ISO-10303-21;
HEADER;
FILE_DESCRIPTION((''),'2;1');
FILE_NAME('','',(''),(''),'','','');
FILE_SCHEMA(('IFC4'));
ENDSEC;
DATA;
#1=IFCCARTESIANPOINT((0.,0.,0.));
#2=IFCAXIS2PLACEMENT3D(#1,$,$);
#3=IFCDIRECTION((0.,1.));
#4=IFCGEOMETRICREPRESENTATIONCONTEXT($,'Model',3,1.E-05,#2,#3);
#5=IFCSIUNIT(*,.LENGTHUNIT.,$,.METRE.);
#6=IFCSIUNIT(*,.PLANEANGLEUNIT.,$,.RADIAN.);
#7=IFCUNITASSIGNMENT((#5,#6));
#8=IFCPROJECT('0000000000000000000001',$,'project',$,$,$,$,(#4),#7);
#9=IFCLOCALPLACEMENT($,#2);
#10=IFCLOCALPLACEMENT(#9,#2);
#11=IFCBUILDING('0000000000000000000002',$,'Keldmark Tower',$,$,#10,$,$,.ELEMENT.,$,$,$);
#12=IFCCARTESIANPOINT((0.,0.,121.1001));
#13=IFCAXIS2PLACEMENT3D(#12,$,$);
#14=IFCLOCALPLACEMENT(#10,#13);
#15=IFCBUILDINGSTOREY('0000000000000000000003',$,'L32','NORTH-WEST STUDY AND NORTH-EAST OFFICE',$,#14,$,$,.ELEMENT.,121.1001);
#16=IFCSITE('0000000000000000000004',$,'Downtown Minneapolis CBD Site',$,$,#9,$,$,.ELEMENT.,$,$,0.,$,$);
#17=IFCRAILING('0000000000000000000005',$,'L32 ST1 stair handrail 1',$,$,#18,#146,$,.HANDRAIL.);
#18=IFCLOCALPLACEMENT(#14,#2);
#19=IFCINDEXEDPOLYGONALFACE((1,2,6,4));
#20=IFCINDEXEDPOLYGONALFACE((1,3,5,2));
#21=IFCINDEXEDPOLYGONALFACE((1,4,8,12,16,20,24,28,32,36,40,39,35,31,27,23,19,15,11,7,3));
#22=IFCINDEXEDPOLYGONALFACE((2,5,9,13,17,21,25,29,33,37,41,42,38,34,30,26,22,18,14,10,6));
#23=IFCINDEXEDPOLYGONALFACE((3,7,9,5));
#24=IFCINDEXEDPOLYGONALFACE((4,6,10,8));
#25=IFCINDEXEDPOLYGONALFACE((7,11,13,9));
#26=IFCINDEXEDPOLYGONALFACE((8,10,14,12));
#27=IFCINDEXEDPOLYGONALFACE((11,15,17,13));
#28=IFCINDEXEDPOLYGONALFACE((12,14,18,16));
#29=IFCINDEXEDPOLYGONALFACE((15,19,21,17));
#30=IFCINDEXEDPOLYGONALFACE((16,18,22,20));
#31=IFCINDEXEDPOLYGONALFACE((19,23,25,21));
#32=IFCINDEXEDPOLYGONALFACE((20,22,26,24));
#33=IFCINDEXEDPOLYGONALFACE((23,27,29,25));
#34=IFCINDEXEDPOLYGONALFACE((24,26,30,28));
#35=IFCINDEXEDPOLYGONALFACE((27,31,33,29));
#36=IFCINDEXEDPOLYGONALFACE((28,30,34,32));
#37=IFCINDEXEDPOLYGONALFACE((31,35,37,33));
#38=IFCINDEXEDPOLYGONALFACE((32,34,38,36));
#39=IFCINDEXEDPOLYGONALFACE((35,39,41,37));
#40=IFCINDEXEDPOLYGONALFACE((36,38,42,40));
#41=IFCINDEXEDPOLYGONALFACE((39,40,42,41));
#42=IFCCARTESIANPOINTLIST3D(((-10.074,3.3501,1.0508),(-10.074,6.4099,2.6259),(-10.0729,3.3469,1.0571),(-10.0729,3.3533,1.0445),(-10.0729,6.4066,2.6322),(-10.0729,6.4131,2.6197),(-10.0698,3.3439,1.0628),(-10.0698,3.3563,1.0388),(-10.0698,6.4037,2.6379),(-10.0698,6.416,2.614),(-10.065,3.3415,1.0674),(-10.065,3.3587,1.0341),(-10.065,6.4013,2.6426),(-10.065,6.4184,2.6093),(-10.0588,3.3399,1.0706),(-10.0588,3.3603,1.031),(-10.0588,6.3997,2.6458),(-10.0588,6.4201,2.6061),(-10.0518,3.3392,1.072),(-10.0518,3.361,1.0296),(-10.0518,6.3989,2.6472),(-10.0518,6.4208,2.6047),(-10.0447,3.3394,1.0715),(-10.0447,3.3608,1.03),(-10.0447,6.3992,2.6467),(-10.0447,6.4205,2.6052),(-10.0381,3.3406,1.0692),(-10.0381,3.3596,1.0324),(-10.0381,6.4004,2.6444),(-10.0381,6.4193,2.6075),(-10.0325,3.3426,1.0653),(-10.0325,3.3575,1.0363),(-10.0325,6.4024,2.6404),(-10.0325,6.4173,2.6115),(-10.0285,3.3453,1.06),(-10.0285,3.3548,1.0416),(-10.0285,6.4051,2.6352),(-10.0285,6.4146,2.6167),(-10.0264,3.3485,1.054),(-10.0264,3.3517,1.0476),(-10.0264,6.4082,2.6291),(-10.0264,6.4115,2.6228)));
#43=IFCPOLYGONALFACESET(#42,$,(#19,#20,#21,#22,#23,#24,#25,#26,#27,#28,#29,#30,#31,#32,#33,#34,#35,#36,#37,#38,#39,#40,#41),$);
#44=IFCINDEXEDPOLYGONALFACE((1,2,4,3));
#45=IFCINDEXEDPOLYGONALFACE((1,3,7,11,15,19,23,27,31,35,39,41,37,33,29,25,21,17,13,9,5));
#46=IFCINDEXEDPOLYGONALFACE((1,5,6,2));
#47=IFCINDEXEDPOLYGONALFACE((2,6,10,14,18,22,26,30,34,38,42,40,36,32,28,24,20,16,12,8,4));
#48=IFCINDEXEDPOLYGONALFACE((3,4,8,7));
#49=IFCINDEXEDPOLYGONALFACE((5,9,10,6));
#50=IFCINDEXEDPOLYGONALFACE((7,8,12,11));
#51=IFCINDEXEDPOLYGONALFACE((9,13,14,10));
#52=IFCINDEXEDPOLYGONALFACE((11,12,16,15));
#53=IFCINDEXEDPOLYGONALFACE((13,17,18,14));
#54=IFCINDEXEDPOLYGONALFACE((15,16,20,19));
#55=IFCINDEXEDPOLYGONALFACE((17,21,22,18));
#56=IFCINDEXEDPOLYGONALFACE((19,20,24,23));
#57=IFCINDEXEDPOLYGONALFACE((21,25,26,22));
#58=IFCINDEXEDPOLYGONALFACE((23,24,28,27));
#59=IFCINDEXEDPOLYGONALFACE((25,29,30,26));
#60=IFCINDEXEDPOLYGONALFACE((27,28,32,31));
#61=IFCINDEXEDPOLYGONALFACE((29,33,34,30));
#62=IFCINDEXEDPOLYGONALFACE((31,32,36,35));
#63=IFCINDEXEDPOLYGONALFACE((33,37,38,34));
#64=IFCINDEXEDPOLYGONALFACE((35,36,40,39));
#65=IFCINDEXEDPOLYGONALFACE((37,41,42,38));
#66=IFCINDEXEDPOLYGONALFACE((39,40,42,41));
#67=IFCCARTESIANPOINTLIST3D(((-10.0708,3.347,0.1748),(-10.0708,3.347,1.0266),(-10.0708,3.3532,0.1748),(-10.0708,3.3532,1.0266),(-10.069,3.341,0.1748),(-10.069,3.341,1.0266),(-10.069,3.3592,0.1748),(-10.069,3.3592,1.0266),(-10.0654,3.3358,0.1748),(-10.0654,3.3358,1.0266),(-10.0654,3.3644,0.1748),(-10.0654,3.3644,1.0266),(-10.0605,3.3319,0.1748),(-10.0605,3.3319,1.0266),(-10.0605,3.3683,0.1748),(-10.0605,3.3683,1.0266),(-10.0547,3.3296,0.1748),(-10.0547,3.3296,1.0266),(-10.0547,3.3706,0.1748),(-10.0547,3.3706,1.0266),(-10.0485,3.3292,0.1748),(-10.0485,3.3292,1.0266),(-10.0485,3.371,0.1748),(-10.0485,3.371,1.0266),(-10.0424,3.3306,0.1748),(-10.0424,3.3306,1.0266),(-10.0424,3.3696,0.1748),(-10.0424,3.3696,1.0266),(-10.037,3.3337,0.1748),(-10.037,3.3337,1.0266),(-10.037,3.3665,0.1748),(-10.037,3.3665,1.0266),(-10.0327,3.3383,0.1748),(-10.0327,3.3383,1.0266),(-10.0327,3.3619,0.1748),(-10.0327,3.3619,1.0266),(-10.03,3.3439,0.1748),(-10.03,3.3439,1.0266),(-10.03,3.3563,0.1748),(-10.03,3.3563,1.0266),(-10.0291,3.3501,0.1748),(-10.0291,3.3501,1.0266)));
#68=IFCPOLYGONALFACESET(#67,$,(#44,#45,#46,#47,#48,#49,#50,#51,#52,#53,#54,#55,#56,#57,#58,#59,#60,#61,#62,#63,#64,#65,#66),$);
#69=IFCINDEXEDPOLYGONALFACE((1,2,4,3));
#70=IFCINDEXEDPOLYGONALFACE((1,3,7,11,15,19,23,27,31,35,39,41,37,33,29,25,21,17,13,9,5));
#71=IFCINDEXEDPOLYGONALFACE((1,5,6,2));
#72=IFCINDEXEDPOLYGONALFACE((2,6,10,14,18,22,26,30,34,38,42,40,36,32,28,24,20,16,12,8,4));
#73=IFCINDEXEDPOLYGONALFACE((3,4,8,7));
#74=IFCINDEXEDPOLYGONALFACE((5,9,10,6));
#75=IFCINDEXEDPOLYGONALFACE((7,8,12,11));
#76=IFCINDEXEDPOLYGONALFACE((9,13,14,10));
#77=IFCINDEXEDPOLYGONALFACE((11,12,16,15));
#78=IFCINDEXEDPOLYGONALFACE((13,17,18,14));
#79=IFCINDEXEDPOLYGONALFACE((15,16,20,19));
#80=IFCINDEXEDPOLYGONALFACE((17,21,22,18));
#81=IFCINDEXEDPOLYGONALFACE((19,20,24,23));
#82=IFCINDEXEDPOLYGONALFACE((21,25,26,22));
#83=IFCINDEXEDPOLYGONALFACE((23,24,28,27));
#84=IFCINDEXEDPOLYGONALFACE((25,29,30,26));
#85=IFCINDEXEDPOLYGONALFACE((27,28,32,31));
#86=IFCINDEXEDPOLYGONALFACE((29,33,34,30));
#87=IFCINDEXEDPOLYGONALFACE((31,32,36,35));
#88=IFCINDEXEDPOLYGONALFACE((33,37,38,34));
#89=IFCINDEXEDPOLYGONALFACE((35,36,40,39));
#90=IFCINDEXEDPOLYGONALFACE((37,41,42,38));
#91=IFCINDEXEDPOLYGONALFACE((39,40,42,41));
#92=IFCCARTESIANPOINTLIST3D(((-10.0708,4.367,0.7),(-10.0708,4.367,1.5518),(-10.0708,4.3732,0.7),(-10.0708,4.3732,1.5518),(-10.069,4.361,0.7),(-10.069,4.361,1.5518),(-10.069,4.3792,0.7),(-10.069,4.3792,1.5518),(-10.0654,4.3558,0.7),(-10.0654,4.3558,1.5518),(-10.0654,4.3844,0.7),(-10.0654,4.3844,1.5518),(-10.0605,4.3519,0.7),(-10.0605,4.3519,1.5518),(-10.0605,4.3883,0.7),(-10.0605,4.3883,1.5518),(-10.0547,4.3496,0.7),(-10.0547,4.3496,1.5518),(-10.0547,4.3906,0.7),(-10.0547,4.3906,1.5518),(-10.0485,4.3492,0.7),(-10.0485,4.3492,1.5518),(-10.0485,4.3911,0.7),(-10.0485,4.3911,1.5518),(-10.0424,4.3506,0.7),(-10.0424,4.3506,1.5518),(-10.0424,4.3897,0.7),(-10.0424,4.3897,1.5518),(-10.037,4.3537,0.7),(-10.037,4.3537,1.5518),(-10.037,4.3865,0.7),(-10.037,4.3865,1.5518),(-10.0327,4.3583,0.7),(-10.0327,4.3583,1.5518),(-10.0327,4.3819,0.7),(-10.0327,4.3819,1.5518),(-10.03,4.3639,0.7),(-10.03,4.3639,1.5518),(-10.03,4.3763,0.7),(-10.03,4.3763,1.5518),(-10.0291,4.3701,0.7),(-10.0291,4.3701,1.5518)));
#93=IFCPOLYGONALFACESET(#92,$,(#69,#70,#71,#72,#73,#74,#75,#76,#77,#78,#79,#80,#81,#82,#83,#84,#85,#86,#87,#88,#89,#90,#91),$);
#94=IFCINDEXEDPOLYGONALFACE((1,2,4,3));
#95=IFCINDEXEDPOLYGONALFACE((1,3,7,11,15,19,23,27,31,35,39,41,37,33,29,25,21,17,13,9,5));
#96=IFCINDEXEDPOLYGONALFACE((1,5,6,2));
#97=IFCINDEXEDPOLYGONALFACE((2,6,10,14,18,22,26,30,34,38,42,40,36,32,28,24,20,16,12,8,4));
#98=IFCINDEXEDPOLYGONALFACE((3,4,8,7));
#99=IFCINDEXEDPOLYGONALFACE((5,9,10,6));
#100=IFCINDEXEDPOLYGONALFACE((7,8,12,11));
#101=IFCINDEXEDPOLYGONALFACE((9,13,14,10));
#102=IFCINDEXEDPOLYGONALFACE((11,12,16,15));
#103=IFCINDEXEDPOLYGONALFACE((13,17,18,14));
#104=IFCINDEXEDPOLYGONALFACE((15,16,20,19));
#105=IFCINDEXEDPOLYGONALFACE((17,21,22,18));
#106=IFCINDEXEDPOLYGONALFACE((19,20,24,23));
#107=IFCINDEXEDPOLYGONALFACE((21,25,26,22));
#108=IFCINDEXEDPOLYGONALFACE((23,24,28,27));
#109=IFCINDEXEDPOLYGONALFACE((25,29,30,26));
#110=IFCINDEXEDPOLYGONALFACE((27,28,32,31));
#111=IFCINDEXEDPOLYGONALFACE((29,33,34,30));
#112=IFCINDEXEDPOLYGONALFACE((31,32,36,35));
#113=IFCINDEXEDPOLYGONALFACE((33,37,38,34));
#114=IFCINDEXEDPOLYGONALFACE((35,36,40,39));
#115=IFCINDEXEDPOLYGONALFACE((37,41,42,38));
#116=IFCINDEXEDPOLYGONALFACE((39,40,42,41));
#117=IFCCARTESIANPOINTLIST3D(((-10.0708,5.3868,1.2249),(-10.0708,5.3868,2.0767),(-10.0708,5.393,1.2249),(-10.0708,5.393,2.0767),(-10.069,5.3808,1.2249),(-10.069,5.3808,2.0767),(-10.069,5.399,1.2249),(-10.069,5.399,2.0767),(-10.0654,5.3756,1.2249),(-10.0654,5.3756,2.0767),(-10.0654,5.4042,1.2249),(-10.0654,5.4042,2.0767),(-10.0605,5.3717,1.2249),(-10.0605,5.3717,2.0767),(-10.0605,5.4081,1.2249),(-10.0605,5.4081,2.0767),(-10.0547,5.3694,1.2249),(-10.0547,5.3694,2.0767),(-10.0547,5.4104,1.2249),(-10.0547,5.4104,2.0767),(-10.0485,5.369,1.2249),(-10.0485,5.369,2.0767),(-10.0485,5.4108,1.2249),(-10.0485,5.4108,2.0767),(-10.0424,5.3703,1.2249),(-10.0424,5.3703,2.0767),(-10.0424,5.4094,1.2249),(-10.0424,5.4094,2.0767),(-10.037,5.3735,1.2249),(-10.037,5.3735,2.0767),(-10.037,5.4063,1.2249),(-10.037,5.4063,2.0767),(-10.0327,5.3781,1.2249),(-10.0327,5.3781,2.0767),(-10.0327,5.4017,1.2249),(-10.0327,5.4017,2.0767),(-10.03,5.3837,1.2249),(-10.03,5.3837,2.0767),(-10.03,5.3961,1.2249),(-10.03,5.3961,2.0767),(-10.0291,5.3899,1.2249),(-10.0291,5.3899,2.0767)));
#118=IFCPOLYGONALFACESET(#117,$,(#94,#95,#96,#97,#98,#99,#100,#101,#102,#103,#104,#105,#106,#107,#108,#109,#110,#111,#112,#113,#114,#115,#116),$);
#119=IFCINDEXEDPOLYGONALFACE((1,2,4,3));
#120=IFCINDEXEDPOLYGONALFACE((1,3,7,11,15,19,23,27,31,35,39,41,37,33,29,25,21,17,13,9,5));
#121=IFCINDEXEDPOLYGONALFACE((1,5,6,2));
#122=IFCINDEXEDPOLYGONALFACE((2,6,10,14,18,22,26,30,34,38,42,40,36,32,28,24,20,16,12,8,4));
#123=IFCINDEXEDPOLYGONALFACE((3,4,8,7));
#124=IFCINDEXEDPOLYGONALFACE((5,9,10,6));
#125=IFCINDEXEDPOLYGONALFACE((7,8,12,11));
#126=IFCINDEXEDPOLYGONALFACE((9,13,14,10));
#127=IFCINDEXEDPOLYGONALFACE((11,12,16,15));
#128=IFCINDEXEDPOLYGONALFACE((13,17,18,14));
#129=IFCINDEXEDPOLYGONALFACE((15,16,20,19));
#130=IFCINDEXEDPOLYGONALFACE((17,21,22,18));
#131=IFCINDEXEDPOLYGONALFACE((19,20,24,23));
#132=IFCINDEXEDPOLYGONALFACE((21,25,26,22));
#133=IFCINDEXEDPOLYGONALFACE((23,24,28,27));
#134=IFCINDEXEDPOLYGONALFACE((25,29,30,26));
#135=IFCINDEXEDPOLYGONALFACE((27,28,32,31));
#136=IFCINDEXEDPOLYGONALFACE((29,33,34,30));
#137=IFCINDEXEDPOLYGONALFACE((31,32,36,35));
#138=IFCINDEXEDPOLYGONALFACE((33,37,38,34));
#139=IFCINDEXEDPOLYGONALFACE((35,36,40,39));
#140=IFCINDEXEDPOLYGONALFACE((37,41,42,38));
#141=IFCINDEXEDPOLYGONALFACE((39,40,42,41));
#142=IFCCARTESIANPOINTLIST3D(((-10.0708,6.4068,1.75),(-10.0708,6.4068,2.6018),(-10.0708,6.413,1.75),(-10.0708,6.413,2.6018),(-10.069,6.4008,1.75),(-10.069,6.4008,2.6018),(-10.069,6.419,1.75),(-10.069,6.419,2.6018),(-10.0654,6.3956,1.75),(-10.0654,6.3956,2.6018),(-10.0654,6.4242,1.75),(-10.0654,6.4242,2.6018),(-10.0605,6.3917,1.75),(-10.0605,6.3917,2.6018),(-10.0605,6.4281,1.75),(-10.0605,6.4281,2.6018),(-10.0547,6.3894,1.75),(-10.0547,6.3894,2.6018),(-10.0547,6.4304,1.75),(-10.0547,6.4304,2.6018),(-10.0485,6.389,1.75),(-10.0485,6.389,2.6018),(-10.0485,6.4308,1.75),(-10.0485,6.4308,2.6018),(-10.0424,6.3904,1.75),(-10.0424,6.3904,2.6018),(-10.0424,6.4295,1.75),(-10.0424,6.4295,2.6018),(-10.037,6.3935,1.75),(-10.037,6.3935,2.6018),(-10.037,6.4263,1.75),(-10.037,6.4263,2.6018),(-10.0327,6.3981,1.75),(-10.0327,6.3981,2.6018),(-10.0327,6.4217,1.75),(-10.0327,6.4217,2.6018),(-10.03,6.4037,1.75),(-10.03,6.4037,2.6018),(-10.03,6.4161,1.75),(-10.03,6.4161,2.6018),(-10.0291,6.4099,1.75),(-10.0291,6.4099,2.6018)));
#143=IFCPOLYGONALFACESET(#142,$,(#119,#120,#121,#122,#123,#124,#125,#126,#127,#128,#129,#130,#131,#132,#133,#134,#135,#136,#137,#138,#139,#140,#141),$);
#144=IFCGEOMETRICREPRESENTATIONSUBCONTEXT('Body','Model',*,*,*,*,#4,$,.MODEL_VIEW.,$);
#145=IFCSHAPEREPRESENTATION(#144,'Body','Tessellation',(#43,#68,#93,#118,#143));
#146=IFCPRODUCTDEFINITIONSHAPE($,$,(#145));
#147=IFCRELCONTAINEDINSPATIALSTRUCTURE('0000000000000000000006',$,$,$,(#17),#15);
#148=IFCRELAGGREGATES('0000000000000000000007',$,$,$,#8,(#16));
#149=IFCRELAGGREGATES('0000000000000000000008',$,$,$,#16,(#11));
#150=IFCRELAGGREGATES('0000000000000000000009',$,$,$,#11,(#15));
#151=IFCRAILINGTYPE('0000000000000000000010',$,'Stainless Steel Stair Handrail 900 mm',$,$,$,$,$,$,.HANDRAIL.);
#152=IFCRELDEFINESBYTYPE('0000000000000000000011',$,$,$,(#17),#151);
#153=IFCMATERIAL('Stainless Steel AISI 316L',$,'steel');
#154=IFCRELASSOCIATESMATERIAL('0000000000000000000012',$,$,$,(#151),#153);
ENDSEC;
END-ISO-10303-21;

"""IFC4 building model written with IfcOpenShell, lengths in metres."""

from ifc_helpers import new_model, si_unit, direction, frame, origin, origin_2d, place, context, subcontext, project, spatial, circle, extrude, material, type_object, element, save


model = new_model("IFC4")

# Units and contexts
model_context = context("Model", 3, precision=1e-05, world=origin(), true_north=direction((0.0, 1.0)))
body_context = subcontext(model_context, "Body", "Model", "MODEL_VIEW")
ifc_project = project(units=[si_unit("LENGTHUNIT", "METRE"), si_unit("PLANEANGLEUNIT", "RADIAN")], contexts=[model_context])

# Site, building, storey
site_placement = place(None, origin())
site = spatial("IfcSite", under=ifc_project, at=site_placement, Name="Downtown Minneapolis CBD Site", CompositionType="ELEMENT", RefElevation=0.0)
building_placement = place(site_placement, origin())
building = spatial("IfcBuilding", under=site, at=building_placement, Name="Keldmark Tower", CompositionType="ELEMENT")
storey_placement = place(building_placement, frame((0.0, 0.0, 121.1001)))
storey = spatial("IfcBuildingStorey", under=building, at=storey_placement, Name="L32", Description="NORTH-WEST STUDY AND NORTH-EAST OFFICE", CompositionType="ELEMENT", Elevation=121.1001)

# Railing
ifc_material_1 = material(Name="Stainless Steel AISI 316L", Category="steel")
railing_type = type_object("IfcRailingType", Name="Stainless Steel Stair Handrail 900 mm", PredefinedType="HANDRAIL", material=ifc_material_1)
railing_placement = place(storey_placement, frame((-10.05, 3.3501, 0.1748)))
element("IfcRailing", 1, at=railing_placement, inside=storey, type_object=railing_type, Name="L32 ST1 stair handrail 1", PredefinedType="HANDRAIL", context=body_context, shape_type="SweptSolid", body=[
    extrude(circle(Radius=0.0239, at=origin_2d()), frame((0.0, 0.0, 0.876), z_axis=(0.0, 0.889101, 0.45771), x_axis=(-1.0, 0.0, 0.0)), (0.0, 0.0, 1.0), 3.4414),
    extrude(circle(Radius=0.021, at=origin_2d()), origin(), (0.0, 0.0, 1.0), 0.8518),
    extrude(circle(Radius=0.021, at=origin_2d()), frame((0.0, 1.02, 0.5251)), (0.0, 0.0, 1.0), 0.8518),
    extrude(circle(Radius=0.021, at=origin_2d()), frame((0.0, 2.0398, 1.05)), (0.0, 0.0, 1.0), 0.8518),
    extrude(circle(Radius=0.021, at=origin_2d()), frame((0.0, 3.0598, 1.5752)), (0.0, 0.0, 1.0), 0.8518),
])

save(model, "model.ifc")
